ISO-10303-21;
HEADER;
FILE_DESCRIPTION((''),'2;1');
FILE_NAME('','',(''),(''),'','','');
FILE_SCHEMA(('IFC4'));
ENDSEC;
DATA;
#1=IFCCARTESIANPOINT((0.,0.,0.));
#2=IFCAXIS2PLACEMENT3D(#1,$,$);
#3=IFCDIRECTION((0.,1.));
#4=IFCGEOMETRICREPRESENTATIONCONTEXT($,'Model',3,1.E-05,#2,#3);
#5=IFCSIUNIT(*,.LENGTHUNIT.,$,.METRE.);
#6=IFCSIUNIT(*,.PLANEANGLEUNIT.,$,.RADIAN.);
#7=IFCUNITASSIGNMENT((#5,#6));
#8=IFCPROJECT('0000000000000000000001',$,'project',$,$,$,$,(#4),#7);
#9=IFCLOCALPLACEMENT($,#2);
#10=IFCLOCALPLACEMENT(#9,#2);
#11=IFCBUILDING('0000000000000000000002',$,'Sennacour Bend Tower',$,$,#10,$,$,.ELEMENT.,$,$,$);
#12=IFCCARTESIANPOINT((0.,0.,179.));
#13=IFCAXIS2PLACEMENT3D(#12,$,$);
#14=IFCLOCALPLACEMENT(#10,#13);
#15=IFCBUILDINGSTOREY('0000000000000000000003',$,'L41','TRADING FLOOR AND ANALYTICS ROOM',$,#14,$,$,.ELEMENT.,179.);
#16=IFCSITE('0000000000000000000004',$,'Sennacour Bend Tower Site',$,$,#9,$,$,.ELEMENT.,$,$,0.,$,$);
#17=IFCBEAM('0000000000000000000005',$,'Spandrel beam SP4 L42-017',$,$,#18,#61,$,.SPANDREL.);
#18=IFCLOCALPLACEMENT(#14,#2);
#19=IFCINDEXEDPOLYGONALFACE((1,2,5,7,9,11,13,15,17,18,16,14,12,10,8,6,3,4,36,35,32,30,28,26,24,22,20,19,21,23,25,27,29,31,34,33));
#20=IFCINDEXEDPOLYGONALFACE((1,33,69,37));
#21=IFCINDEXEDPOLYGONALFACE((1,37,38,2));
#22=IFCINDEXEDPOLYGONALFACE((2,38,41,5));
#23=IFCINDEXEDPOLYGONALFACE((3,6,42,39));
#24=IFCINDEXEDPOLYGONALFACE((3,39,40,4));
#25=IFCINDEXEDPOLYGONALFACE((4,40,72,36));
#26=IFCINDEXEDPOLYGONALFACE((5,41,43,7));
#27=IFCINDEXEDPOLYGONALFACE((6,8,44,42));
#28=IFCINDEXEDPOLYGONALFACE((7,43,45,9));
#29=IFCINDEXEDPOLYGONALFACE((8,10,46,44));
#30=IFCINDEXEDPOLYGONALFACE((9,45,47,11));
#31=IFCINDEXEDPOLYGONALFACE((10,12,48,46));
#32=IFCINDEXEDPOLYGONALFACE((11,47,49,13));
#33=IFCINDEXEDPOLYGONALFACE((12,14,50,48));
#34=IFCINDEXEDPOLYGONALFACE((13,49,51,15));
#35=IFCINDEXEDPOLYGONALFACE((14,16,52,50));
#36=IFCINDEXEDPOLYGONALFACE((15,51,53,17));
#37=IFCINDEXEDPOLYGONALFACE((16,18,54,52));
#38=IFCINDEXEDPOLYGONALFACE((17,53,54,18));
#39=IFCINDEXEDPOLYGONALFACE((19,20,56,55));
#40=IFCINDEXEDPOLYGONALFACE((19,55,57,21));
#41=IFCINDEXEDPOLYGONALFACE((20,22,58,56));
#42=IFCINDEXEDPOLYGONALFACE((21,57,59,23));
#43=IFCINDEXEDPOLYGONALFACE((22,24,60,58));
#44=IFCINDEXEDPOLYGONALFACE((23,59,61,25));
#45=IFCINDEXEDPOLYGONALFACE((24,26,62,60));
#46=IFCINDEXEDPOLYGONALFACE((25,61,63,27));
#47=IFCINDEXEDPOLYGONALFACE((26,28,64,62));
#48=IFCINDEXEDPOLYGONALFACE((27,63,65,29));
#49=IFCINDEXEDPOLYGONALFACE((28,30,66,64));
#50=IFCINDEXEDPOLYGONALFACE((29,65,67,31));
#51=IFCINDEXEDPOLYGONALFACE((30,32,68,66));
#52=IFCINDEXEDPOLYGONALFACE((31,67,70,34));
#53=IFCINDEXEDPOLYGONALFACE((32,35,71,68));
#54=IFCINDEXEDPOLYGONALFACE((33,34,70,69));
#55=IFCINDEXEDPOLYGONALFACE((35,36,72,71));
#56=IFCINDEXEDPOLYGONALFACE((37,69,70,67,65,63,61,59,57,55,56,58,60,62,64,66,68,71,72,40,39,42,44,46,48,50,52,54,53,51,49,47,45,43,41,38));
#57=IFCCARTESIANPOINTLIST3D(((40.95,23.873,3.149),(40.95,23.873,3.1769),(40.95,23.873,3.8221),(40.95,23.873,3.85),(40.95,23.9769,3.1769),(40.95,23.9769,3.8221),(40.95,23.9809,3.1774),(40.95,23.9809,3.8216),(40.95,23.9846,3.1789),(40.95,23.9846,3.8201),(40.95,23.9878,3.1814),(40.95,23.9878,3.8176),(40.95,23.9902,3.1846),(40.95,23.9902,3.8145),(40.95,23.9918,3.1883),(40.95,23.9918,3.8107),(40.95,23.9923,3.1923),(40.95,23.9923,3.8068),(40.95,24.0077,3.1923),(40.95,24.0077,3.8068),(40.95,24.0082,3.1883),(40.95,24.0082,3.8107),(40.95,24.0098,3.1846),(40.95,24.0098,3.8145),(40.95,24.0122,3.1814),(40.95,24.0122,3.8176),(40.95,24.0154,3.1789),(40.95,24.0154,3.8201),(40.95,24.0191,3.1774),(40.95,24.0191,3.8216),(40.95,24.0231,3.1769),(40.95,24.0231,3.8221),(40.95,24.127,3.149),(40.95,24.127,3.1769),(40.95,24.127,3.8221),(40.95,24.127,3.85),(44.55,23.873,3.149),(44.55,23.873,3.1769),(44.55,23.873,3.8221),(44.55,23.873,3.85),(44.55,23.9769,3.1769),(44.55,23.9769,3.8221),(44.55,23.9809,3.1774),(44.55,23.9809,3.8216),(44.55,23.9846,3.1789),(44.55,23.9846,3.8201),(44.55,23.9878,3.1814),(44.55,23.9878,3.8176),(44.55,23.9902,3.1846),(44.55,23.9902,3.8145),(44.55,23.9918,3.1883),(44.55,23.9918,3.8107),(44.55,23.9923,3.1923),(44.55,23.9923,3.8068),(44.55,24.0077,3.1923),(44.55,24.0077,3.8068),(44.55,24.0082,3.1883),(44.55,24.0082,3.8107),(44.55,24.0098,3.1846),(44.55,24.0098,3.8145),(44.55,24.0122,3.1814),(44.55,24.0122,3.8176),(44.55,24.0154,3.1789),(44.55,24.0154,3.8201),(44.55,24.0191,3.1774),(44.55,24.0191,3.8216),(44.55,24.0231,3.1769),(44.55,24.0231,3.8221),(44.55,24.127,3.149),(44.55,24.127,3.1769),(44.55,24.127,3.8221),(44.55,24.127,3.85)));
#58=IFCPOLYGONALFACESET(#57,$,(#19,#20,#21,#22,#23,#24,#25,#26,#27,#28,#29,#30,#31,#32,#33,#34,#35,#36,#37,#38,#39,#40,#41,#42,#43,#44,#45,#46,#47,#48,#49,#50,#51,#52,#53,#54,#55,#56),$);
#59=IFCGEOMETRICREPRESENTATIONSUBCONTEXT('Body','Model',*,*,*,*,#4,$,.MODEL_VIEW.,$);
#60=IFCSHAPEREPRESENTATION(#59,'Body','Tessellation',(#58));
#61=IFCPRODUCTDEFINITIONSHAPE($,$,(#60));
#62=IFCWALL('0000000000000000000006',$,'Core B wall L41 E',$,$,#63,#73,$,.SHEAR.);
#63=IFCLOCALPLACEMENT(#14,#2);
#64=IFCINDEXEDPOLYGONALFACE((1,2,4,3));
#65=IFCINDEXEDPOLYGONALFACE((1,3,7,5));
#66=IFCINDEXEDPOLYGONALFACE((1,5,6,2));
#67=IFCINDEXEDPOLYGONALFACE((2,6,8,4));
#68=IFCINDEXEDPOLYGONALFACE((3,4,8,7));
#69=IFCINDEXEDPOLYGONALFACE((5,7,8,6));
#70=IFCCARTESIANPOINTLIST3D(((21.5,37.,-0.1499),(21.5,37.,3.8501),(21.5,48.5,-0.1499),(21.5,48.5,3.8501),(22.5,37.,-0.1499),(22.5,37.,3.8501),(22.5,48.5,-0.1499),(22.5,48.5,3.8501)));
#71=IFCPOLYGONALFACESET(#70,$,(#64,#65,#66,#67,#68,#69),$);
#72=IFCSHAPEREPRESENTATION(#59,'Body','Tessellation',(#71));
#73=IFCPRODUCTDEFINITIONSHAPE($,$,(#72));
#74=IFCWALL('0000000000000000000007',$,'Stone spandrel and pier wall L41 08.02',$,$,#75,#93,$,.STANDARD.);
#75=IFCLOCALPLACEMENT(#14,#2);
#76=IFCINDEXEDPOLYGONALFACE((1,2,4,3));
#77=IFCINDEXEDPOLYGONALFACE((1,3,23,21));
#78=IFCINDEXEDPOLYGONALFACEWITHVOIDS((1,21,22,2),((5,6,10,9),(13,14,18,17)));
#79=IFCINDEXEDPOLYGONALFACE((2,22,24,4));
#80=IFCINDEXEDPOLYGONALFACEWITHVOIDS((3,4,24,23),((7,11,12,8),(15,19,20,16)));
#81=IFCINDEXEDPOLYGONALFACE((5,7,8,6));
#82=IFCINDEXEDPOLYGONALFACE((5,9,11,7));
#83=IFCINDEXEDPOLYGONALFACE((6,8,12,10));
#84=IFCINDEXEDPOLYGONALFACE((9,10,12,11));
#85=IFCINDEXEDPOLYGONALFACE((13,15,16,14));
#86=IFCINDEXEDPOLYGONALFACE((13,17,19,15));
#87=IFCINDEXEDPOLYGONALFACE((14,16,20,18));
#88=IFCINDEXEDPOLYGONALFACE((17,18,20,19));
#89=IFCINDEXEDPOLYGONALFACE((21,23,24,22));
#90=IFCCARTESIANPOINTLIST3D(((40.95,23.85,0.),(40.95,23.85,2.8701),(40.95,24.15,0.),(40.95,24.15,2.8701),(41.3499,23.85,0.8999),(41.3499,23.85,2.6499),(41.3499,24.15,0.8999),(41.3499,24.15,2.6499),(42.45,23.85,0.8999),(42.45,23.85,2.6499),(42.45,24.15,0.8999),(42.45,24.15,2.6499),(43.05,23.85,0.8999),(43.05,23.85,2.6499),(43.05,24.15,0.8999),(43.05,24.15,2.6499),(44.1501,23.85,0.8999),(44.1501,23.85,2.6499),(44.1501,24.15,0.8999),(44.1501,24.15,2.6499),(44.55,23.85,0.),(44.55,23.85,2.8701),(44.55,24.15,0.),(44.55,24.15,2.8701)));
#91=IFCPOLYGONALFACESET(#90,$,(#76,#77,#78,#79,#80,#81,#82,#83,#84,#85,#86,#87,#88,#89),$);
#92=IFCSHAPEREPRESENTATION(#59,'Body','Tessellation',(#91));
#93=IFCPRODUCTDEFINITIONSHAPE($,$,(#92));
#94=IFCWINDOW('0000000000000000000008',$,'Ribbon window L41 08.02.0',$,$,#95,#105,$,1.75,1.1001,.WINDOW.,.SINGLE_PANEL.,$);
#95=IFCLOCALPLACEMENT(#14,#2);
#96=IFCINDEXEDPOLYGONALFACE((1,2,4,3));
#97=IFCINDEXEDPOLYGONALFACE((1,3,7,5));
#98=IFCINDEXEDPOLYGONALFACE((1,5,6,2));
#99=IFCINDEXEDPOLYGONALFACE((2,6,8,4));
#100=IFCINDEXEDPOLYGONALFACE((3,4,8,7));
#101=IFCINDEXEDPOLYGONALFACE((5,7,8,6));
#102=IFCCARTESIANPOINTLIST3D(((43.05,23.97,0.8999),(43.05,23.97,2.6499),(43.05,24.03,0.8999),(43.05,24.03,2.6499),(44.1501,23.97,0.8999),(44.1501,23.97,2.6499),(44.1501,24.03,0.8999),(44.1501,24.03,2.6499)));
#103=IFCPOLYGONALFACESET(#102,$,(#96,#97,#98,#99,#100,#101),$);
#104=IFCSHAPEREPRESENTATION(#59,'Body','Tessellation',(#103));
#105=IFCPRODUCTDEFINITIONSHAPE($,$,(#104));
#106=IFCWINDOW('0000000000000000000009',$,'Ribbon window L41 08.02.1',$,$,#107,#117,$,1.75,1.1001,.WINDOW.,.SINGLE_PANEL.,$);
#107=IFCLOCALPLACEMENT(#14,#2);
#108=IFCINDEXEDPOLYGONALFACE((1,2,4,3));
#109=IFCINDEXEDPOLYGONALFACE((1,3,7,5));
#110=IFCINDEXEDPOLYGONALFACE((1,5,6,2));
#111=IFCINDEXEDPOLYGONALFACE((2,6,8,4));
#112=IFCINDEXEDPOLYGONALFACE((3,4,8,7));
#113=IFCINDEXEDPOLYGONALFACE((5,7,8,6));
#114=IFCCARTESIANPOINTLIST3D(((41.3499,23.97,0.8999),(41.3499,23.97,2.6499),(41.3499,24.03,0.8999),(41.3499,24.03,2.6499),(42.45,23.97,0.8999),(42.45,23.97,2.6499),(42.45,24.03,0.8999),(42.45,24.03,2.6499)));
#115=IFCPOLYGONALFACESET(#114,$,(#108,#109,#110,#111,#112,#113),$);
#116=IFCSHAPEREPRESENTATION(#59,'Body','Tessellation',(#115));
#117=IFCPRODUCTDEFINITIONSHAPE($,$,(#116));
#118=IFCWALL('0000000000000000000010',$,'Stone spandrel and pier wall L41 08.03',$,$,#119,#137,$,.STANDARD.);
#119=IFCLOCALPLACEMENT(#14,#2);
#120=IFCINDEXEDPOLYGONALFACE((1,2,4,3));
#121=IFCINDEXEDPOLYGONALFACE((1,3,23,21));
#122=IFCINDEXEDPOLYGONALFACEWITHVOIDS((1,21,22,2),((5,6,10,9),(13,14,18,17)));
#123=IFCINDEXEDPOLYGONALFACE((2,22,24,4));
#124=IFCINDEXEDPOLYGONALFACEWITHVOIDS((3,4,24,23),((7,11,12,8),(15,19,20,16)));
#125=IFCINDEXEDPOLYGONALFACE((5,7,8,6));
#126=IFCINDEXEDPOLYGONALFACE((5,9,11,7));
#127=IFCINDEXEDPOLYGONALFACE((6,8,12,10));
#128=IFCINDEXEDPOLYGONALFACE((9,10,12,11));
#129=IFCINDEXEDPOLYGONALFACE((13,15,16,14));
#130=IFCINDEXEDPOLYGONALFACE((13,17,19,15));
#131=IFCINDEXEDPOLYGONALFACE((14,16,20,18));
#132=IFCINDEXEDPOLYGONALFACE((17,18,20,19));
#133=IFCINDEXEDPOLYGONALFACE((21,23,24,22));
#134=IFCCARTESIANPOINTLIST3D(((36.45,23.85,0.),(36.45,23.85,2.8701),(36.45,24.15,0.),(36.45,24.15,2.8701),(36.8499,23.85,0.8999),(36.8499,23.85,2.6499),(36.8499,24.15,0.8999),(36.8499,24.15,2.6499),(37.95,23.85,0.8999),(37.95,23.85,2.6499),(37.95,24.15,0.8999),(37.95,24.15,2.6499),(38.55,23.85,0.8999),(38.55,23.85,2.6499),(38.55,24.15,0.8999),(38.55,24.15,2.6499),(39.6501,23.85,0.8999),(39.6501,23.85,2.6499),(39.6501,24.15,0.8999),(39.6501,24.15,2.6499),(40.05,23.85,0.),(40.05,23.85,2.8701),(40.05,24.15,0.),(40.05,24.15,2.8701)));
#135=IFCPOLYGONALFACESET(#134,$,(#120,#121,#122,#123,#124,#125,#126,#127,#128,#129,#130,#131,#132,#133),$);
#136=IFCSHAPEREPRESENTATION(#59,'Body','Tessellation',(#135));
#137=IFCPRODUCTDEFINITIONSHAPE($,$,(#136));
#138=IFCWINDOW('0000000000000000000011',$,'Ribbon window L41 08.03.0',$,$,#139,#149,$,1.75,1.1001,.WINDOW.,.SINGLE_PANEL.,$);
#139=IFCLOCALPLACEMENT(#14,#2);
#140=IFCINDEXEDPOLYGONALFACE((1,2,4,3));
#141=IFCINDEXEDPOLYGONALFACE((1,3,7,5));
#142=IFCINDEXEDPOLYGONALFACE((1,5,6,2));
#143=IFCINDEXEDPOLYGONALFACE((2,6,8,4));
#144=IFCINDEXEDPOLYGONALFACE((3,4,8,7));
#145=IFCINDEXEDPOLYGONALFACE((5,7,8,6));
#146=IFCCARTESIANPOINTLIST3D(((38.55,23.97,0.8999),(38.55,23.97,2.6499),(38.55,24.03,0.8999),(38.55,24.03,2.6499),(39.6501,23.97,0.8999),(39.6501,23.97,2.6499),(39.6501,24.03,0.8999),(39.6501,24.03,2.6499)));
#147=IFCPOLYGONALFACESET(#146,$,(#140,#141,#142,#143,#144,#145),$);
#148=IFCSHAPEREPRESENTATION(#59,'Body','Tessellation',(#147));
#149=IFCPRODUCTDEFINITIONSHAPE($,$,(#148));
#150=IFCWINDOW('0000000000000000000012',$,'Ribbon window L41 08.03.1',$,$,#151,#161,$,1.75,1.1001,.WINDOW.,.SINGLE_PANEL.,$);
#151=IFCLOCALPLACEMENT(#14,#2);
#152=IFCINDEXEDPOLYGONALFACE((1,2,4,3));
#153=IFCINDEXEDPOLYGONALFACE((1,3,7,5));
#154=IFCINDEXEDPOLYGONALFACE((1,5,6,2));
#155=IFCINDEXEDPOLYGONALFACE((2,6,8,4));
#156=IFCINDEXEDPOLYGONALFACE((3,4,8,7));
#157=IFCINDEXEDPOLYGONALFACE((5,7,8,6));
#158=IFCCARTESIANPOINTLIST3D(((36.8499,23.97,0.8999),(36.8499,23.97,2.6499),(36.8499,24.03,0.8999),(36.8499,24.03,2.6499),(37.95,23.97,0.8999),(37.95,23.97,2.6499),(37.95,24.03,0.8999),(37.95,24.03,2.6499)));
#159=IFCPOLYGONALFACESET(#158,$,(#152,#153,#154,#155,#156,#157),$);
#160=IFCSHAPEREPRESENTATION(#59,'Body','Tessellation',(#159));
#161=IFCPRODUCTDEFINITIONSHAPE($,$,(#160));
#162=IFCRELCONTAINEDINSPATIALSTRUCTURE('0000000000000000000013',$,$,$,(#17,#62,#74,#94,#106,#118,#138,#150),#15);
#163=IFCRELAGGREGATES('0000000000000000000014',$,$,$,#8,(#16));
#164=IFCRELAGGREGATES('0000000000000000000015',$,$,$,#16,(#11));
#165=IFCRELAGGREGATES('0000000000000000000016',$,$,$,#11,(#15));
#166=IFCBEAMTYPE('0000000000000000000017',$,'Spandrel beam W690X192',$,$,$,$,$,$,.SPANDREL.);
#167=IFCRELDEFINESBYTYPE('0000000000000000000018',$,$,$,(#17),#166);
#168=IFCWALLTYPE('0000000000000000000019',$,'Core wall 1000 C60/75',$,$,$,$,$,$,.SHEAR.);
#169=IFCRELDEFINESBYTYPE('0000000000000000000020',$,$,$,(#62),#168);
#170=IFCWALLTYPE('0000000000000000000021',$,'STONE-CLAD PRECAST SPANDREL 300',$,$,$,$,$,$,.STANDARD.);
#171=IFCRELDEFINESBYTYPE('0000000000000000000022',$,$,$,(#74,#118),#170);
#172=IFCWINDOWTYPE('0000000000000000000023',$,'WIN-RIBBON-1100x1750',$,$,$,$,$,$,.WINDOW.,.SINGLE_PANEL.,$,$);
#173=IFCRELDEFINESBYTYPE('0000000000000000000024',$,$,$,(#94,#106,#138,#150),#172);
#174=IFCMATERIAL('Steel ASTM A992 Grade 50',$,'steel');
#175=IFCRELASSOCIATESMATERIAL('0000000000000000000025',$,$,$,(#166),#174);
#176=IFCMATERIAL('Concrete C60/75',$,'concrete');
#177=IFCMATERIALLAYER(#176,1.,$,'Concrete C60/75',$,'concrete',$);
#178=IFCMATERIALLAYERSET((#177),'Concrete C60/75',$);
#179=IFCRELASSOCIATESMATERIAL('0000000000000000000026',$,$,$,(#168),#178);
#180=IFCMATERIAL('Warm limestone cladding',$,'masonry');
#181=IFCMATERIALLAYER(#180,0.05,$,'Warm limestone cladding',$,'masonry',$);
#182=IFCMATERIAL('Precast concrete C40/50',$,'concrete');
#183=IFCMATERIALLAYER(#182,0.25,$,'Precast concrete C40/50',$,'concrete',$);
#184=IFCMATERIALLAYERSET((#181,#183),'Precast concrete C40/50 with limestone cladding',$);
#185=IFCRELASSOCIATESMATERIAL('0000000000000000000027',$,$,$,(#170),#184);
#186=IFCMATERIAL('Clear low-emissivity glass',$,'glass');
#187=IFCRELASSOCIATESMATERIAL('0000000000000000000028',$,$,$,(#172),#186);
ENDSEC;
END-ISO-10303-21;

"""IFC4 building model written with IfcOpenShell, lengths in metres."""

from ifc_helpers import new_model, si_unit, direction, frame, frame_2d, origin, origin_2d, place, context, subcontext, project, spatial, rectangle, i_section, extrude, material, layer, layer_set, material_profile, profile_set, type_object, element, fill, save


model = new_model("IFC4")

# Units and contexts
model_context = context("Model", 3, precision=1e-05, world=origin(), true_north=direction((0.0, 1.0)))
body_context = subcontext(model_context, "Body", "Model", "MODEL_VIEW")
ifc_project = project(units=[si_unit("LENGTHUNIT", "METRE"), si_unit("PLANEANGLEUNIT", "RADIAN")], contexts=[model_context])

# Site, building, storey
site_placement = place(None, origin())
site = spatial("IfcSite", under=ifc_project, at=site_placement, Name="Sennacour Bend Tower Site", CompositionType="ELEMENT", RefElevation=0.0)
building_placement = place(site_placement, origin())
building = spatial("IfcBuilding", under=site, at=building_placement, Name="Sennacour Bend Tower", CompositionType="ELEMENT")
storey_placement = place(building_placement, frame((0.0, 0.0, 179.0)))
storey = spatial("IfcBuildingStorey", under=building, at=storey_placement, Name="L41", Description="TRADING FLOOR AND ANALYTICS ROOM", CompositionType="ELEMENT", Elevation=179.0)

# Beam
ifc_material_1 = material(Name="Steel ASTM A992 Grade 50", Category="steel")
ifc_material_profile_1 = material_profile(ifc_material_1, i_section(OverallWidth=0.2539, OverallDepth=0.7009, WebThickness=0.0154, FlangeThickness=0.0278, FilletRadius=0.0154, at=origin_2d()), Name="Steel ASTM A992 Grade 50", Category="steel")
ifc_profile_set_1 = profile_set([ifc_material_profile_1], Name="Steel ASTM A992 Grade 50")
beam_type_1 = type_object("IfcBeamType", Name="Spandrel beam W690X192", PredefinedType="SPANDREL", material=ifc_profile_set_1)
for number, where, z_axis, x_axis, name in (
    (1, (40.95, 24.0, 3.4995), (1.0, 0.0, 0.0), (0.0, 1.0, 0.0), "Spandrel beam SP4 L42-017"),
):
    element("IfcBeam", number, at=place(storey_placement, frame(where, z_axis=z_axis, x_axis=x_axis)), inside=storey, type_object=beam_type_1, Name=name, PredefinedType="SPANDREL", context=body_context, shape_type="SweptSolid", body=[
        extrude(i_section(OverallWidth=0.2539, OverallDepth=0.7009, WebThickness=0.0154, FlangeThickness=0.0278, FilletRadius=0.0154, at=origin_2d()), origin(), (0.0, 0.0, 1.0), 3.6001),
    ])

# Wall
ifc_material_2 = material(Name="Concrete C60/75", Category="concrete")
ifc_layer_1 = layer(ifc_material_2, 1.0, Name="Concrete C60/75", Category="concrete")
ifc_layer_set_1 = layer_set([ifc_layer_1], Name="Concrete C60/75")
wall_type_1 = type_object("IfcWallType", Name="Core wall 1000 C60/75", PredefinedType="SHEAR", material=ifc_layer_set_1)
wall_1_placement = place(storey_placement, frame((22.0, 37.0, -0.1499), z_axis=(0.0, 0.0, 1.0), x_axis=(0.0, 1.0, 0.0)))
element("IfcWall", 2, at=wall_1_placement, inside=storey, type_object=wall_type_1, Name="Core B wall L41 E", PredefinedType="SHEAR", context=body_context, shape_type="SweptSolid", body=[
    extrude(rectangle(XDim=11.5, YDim=1.0, at=frame_2d((5.75, 0.0))), origin(), (0.0, 0.0, 1.0), 4.0),
])

# Walls, openings, windows
ifc_material_3 = material(Name="Warm limestone cladding", Category="masonry")
ifc_layer_2 = layer(ifc_material_3, 0.05, Name="Warm limestone cladding", Category="masonry")
ifc_material_4 = material(Name="Precast concrete C40/50", Category="concrete")
ifc_layer_3 = layer(ifc_material_4, 0.25, Name="Precast concrete C40/50", Category="concrete")
ifc_layer_set_2 = layer_set([ifc_layer_2, ifc_layer_3], Name="Precast concrete C40/50 with limestone cladding")
wall_type_2 = type_object("IfcWallType", Name="STONE-CLAD PRECAST SPANDREL 300", PredefinedType="STANDARD", material=ifc_layer_set_2)
wall_2_placement = place(storey_placement, frame((44.55, 24.0, 0.0), z_axis=(0.0, 0.0, 1.0), x_axis=(-1.0, 0.0, 0.0)))
wall_2 = element("IfcWall", 3, at=wall_2_placement, inside=storey, type_object=wall_type_2, Name="Stone spandrel and pier wall L41 08.02", PredefinedType="STANDARD", context=body_context, shape_type="SweptSolid", body=[
    extrude(rectangle(XDim=3.6001, YDim=0.3, at=frame_2d((1.8, 0.0))), origin(), (0.0, 0.0, 1.0), 2.8701),
])
opening_1_placement = place(wall_2_placement, frame((0.3999, 0.0, 0.8999)))
opening_1 = element("IfcOpeningElement", 4, at=opening_1_placement, cuts=wall_2, PredefinedType="OPENING", context=body_context, shape_type="SweptSolid", body=[
    extrude(rectangle(XDim=1.1001, YDim=1.75, at=frame_2d((0.55, 0.875))), frame((0.0, 0.1602, 0.0), z_axis=(0.0, -1.0, 0.0), x_axis=(1.0, 0.0, 0.0)), (0.0, 0.0, 1.0), 0.3201),
])
opening_2_placement = place(wall_2_placement, frame((2.1001, 0.0, 0.8999)))
opening_2 = element("IfcOpeningElement", 5, at=opening_2_placement, cuts=wall_2, PredefinedType="OPENING", context=body_context, shape_type="SweptSolid", body=[
    extrude(rectangle(XDim=1.1001, YDim=1.75, at=frame_2d((0.55, 0.875))), frame((0.0, 0.1602, 0.0), z_axis=(0.0, -1.0, 0.0), x_axis=(1.0, 0.0, 0.0)), (0.0, 0.0, 1.0), 0.3201),
])
ifc_material_5 = material(Name="Clear low-emissivity glass", Category="glass")
window_type_1 = type_object("IfcWindowType", Name="WIN-RIBBON-1100x1750", PartitioningType="SINGLE_PANEL", PredefinedType="WINDOW", material=ifc_material_5)
window_1_placement = place(opening_1_placement, origin())
window_1 = element("IfcWindow", 6, at=window_1_placement, inside=storey, type_object=window_type_1, Name="Ribbon window L41 08.02.0", OverallHeight=1.75, OverallWidth=1.1001, PartitioningType="SINGLE_PANEL", PredefinedType="WINDOW", context=body_context, shape_type="SweptSolid", body=[
    extrude(rectangle(XDim=1.1001, YDim=1.75, at=frame_2d((0.55, 0.875))), frame((0.0, 0.03, 0.0), z_axis=(0.0, -1.0, 0.0), x_axis=(1.0, 0.0, 0.0)), (0.0, 0.0, 1.0), 0.0601),
])
fill(opening_1, window_1)
window_2_placement = place(opening_2_placement, origin())
window_2 = element("IfcWindow", 7, at=window_2_placement, inside=storey, type_object=window_type_1, Name="Ribbon window L41 08.02.1", OverallHeight=1.75, OverallWidth=1.1001, PartitioningType="SINGLE_PANEL", PredefinedType="WINDOW", context=body_context, shape_type="SweptSolid", body=[
    extrude(rectangle(XDim=1.1001, YDim=1.75, at=frame_2d((0.55, 0.875))), frame((0.0, 0.03, 0.0), z_axis=(0.0, -1.0, 0.0), x_axis=(1.0, 0.0, 0.0)), (0.0, 0.0, 1.0), 0.0601),
])
fill(opening_2, window_2)
wall_3_placement = place(storey_placement, frame((40.05, 24.0, 0.0), z_axis=(0.0, 0.0, 1.0), x_axis=(-1.0, 0.0, 0.0)))
wall_3 = element("IfcWall", 8, at=wall_3_placement, inside=storey, type_object=wall_type_2, Name="Stone spandrel and pier wall L41 08.03", PredefinedType="STANDARD", context=body_context, shape_type="SweptSolid", body=[
    extrude(rectangle(XDim=3.6001, YDim=0.3, at=frame_2d((1.8, 0.0))), origin(), (0.0, 0.0, 1.0), 2.8701),
])
opening_3_placement = place(wall_3_placement, frame((0.3999, 0.0, 0.8999)))
opening_3 = element("IfcOpeningElement", 9, at=opening_3_placement, cuts=wall_3, PredefinedType="OPENING", context=body_context, shape_type="SweptSolid", body=[
    extrude(rectangle(XDim=1.1001, YDim=1.75, at=frame_2d((0.55, 0.875))), frame((0.0, 0.1602, 0.0), z_axis=(0.0, -1.0, 0.0), x_axis=(1.0, 0.0, 0.0)), (0.0, 0.0, 1.0), 0.3201),
])
opening_4_placement = place(wall_3_placement, frame((2.1001, 0.0, 0.8999)))
opening_4 = element("IfcOpeningElement", 10, at=opening_4_placement, cuts=wall_3, PredefinedType="OPENING", context=body_context, shape_type="SweptSolid", body=[
    extrude(rectangle(XDim=1.1001, YDim=1.75, at=frame_2d((0.55, 0.875))), frame((0.0, 0.1602, 0.0), z_axis=(0.0, -1.0, 0.0), x_axis=(1.0, 0.0, 0.0)), (0.0, 0.0, 1.0), 0.3201),
])
window_3_placement = place(opening_3_placement, origin())
window_3 = element("IfcWindow", 11, at=window_3_placement, inside=storey, type_object=window_type_1, Name="Ribbon window L41 08.03.0", OverallHeight=1.75, OverallWidth=1.1001, PartitioningType="SINGLE_PANEL", PredefinedType="WINDOW", context=body_context, shape_type="SweptSolid", body=[
    extrude(rectangle(XDim=1.1001, YDim=1.75, at=frame_2d((0.55, 0.875))), frame((0.0, 0.03, 0.0), z_axis=(0.0, -1.0, 0.0), x_axis=(1.0, 0.0, 0.0)), (0.0, 0.0, 1.0), 0.0601),
])
fill(opening_3, window_3)
window_4_placement = place(opening_4_placement, origin())
window_4 = element("IfcWindow", 12, at=window_4_placement, inside=storey, type_object=window_type_1, Name="Ribbon window L41 08.03.1", OverallHeight=1.75, OverallWidth=1.1001, PartitioningType="SINGLE_PANEL", PredefinedType="WINDOW", context=body_context, shape_type="SweptSolid", body=[
    extrude(rectangle(XDim=1.1001, YDim=1.75, at=frame_2d((0.55, 0.875))), frame((0.0, 0.03, 0.0), z_axis=(0.0, -1.0, 0.0), x_axis=(1.0, 0.0, 0.0)), (0.0, 0.0, 1.0), 0.0601),
])
fill(opening_4, window_4)

save(model, "model.ifc")
